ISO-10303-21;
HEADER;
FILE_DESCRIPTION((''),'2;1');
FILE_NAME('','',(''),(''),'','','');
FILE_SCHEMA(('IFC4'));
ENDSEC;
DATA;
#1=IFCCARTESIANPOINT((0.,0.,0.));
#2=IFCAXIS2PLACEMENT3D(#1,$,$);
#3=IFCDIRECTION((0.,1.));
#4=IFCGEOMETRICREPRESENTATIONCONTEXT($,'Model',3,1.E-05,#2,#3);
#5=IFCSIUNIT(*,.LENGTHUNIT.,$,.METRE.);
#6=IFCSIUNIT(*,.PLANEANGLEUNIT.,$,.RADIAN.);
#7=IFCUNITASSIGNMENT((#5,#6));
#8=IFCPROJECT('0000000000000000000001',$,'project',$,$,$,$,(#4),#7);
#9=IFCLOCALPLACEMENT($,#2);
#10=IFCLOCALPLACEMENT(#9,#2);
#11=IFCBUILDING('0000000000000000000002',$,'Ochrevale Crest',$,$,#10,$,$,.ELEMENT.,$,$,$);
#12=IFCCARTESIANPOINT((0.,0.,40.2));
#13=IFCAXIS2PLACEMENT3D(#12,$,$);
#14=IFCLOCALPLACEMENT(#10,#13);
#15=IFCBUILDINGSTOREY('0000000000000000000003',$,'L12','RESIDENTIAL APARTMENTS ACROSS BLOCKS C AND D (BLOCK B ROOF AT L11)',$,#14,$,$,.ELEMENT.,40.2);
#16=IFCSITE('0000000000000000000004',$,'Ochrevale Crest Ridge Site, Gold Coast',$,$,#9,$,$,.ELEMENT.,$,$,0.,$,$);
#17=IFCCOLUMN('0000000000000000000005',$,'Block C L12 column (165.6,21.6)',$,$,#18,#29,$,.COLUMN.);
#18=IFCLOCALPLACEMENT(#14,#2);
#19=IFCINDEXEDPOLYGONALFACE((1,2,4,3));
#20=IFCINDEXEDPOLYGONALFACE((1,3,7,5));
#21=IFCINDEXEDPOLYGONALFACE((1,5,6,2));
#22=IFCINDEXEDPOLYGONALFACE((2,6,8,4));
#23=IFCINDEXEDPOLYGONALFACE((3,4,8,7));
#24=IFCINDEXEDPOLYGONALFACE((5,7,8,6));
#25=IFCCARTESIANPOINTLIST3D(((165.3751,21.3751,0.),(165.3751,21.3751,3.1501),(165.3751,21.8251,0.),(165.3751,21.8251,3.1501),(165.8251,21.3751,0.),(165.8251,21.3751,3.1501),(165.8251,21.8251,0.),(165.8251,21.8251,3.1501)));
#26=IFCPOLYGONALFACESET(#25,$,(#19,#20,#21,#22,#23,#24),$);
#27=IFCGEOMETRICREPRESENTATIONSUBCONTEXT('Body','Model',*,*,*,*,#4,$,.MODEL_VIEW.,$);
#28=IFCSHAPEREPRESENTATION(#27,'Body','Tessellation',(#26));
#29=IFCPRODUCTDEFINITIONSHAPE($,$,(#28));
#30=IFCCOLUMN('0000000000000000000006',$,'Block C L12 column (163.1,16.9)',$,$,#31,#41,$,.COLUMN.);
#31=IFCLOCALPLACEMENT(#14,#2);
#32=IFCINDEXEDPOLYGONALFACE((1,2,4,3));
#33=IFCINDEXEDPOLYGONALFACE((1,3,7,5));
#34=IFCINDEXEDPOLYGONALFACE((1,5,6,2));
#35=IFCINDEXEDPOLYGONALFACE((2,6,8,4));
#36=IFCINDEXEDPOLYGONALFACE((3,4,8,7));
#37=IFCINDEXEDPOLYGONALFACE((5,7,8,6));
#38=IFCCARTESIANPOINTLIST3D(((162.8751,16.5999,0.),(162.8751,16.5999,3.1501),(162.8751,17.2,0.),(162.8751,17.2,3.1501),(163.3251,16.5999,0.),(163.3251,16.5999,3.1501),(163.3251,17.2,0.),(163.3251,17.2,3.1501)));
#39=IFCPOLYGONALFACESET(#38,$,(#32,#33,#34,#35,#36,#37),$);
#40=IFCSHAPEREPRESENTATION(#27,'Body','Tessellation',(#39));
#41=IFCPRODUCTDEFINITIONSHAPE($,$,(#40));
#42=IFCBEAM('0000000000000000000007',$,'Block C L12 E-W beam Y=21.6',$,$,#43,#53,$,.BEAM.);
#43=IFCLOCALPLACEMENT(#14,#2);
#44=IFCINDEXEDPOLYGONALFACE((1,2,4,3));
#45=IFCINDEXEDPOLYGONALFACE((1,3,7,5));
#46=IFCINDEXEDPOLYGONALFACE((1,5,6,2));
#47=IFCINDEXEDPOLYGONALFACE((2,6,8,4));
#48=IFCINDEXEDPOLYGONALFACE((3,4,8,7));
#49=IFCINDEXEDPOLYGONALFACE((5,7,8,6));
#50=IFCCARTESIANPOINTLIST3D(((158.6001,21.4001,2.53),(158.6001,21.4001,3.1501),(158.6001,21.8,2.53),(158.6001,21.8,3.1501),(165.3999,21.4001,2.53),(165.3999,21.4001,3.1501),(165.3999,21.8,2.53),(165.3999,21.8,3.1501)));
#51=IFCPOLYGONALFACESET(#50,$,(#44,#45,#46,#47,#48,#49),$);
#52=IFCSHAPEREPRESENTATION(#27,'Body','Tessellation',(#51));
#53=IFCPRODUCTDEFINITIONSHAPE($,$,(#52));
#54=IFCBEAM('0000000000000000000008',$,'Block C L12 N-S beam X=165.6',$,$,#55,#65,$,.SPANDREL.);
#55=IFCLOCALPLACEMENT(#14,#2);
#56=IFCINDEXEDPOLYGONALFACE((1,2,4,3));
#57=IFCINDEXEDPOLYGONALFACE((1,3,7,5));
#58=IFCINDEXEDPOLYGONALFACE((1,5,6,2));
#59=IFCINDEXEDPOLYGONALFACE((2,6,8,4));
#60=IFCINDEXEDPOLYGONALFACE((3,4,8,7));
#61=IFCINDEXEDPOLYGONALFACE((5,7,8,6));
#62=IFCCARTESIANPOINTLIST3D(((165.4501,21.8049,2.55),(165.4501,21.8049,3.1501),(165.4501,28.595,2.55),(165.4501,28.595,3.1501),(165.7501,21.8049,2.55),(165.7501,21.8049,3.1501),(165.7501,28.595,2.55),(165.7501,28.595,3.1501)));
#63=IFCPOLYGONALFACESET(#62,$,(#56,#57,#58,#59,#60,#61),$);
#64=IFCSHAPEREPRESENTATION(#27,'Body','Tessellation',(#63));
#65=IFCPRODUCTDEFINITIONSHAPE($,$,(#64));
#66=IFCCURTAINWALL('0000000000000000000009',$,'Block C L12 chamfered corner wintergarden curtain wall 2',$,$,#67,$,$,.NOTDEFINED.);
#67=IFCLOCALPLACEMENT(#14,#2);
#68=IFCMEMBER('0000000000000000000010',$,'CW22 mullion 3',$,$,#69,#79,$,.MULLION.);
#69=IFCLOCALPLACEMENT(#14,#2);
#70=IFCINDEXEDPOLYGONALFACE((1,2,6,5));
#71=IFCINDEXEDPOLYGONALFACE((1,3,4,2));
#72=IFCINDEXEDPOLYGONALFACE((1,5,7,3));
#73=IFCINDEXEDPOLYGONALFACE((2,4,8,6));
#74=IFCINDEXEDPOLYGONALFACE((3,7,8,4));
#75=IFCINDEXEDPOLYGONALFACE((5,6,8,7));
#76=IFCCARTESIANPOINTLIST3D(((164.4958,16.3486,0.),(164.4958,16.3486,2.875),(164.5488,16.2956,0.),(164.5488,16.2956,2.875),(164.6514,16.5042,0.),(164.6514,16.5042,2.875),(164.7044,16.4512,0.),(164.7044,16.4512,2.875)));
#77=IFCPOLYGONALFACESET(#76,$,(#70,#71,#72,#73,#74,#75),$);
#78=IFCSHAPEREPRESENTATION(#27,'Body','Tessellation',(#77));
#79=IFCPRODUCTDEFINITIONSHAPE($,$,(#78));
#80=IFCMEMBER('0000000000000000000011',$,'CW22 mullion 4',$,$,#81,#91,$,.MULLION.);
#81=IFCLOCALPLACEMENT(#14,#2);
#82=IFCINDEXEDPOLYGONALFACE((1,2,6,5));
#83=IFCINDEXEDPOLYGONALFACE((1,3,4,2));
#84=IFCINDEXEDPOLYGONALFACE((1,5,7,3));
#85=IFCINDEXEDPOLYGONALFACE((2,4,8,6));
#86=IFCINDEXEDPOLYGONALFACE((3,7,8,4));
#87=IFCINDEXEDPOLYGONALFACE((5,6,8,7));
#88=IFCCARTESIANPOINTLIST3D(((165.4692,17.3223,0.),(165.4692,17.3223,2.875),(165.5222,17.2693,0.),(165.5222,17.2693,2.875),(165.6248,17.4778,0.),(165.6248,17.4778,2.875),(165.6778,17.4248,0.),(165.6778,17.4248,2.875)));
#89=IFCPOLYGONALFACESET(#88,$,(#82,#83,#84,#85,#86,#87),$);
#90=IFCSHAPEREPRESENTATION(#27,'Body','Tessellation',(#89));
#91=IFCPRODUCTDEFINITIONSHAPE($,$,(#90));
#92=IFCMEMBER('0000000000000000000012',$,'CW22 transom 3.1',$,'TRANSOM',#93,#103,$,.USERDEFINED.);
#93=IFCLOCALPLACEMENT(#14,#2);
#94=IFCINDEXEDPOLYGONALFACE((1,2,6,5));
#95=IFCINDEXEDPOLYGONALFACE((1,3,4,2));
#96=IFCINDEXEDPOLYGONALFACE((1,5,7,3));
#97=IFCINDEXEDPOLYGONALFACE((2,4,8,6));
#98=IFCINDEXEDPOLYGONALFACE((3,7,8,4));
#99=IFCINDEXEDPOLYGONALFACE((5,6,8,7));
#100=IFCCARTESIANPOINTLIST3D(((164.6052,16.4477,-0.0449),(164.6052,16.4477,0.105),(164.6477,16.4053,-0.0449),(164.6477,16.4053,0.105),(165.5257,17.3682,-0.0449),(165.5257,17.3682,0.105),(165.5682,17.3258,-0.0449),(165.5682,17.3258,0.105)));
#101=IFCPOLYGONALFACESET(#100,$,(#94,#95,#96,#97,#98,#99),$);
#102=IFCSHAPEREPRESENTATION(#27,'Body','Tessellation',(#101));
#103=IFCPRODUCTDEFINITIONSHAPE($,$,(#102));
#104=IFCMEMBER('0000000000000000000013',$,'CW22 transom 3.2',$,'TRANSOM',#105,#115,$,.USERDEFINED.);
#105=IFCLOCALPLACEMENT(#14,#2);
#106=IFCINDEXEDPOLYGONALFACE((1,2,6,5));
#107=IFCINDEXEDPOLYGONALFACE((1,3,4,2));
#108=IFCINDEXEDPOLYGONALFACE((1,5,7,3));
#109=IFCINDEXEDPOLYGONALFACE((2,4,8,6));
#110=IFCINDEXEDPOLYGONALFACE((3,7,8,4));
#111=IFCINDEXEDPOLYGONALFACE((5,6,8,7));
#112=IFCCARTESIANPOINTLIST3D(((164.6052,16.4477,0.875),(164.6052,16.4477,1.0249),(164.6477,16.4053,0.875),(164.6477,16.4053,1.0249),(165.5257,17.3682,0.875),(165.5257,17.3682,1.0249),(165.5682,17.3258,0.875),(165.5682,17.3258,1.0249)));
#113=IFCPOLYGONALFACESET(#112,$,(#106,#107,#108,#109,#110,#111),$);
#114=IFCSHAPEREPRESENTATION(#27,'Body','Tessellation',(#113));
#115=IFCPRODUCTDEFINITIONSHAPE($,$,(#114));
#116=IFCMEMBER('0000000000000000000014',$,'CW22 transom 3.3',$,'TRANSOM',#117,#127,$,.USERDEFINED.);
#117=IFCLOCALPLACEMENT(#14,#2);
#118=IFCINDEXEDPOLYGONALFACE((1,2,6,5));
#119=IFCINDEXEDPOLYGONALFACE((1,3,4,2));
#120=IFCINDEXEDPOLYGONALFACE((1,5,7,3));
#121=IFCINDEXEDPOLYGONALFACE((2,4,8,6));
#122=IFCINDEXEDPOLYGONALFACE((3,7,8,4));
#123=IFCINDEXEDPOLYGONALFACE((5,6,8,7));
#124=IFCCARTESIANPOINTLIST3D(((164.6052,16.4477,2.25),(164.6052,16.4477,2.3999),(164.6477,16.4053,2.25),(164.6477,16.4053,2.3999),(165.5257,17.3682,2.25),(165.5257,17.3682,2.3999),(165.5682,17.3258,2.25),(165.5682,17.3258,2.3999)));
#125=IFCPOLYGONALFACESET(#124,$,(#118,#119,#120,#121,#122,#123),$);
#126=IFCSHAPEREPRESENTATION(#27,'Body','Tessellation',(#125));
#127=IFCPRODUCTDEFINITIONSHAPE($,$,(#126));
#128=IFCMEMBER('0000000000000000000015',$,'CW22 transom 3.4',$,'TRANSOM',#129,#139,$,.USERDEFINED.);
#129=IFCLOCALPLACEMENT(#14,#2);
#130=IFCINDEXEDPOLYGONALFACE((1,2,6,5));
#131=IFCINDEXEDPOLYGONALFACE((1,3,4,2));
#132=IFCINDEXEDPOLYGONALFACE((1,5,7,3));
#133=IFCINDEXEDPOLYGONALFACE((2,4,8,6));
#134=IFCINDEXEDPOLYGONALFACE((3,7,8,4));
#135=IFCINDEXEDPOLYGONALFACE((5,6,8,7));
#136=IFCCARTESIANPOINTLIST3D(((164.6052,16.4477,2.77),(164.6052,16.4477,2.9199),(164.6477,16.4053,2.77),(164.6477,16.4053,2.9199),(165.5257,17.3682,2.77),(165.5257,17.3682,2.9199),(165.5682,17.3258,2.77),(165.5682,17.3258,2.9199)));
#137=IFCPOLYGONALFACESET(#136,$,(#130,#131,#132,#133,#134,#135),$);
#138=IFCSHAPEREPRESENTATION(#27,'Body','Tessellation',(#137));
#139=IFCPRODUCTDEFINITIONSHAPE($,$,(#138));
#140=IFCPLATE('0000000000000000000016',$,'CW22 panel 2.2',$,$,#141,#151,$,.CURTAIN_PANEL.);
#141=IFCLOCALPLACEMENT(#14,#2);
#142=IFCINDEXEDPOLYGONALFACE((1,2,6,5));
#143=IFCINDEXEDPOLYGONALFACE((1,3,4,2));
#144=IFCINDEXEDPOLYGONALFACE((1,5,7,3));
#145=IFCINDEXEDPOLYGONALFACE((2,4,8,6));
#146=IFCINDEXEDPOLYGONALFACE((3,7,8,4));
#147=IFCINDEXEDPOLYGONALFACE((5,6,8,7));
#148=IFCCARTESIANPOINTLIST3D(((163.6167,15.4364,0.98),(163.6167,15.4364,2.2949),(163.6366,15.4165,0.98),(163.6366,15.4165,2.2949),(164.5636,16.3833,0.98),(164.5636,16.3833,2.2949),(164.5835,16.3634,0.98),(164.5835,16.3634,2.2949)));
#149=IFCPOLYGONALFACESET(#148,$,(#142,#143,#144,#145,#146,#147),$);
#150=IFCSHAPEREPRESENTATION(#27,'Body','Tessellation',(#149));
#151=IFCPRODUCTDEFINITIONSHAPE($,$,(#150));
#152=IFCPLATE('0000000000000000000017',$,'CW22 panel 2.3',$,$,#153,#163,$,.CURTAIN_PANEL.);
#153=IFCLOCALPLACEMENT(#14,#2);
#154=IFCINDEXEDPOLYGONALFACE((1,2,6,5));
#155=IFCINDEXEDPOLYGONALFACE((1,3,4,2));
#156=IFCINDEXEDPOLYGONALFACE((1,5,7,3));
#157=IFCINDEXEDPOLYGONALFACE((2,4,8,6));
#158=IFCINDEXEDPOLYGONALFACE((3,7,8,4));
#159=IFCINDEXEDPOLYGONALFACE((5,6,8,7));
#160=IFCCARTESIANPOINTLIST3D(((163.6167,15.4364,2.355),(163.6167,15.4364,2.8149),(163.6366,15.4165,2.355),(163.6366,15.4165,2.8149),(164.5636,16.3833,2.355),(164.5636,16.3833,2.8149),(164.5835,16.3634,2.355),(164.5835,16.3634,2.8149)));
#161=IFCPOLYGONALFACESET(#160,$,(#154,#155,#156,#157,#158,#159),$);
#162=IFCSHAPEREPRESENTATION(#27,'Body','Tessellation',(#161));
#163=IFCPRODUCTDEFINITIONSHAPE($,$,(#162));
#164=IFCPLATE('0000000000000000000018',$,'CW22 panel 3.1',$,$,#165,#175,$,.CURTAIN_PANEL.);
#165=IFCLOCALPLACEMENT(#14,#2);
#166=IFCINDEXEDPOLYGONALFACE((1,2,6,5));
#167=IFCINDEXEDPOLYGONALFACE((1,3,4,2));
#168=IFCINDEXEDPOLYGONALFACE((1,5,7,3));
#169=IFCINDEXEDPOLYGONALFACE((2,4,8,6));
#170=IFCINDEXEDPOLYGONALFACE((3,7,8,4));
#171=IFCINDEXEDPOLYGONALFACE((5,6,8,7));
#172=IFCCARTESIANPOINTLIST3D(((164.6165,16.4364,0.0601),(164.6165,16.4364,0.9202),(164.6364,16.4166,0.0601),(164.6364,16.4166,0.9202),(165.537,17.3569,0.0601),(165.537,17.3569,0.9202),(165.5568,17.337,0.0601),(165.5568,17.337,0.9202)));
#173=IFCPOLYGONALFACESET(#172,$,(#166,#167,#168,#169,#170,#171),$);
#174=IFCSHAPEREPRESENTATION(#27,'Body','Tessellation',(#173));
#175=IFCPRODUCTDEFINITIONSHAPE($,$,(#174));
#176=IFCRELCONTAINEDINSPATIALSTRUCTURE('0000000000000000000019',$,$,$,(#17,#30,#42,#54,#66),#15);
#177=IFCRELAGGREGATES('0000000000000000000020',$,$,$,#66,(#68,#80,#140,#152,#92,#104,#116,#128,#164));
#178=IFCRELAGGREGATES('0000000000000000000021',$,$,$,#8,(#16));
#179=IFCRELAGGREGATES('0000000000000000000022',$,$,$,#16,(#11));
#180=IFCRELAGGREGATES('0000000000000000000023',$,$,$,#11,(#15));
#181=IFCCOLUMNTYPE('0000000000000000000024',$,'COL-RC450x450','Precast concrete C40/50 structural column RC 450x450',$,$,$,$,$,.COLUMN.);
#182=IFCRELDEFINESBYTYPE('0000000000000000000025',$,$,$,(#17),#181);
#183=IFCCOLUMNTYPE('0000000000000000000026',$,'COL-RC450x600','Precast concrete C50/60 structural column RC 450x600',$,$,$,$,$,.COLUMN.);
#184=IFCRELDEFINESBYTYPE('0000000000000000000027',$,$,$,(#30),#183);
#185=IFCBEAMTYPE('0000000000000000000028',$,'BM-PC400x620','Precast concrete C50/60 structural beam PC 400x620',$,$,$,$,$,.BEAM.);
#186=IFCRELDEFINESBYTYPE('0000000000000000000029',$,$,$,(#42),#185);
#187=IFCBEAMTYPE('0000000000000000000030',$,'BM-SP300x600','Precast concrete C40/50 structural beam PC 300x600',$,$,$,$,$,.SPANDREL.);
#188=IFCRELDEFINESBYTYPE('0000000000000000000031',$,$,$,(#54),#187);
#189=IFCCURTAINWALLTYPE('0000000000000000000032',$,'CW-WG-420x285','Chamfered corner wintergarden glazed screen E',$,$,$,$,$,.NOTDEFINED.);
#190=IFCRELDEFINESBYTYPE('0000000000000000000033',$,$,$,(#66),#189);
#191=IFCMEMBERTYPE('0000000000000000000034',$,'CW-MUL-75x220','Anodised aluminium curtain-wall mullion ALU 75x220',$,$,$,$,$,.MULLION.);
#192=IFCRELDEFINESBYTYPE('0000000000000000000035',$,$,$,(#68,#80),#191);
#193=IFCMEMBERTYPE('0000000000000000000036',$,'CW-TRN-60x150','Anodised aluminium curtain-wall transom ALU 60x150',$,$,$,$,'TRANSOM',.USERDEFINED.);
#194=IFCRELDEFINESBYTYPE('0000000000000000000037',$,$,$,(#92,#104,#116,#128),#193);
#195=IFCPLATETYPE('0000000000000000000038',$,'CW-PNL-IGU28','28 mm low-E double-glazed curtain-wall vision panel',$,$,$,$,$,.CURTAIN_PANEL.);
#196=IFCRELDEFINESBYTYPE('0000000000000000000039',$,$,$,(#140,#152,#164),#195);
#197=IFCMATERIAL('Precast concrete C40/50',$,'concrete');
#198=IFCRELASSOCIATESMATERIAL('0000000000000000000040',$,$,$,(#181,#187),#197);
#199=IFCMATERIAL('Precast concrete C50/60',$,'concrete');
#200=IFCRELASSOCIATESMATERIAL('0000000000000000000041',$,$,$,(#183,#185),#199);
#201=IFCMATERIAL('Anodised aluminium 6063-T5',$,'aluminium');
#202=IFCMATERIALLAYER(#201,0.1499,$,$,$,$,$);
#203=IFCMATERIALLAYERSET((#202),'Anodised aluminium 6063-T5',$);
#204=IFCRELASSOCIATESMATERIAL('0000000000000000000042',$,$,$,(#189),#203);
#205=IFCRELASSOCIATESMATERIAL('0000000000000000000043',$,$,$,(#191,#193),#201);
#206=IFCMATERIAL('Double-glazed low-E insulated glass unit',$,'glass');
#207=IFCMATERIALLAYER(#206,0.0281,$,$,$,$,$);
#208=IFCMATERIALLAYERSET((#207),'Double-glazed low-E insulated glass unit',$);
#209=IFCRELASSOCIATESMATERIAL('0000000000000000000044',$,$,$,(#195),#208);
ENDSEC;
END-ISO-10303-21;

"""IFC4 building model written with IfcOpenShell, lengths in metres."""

from ifc_helpers import new_model, si_unit, direction, frame, origin, origin_2d, place, context, subcontext, project, spatial, rectangle, extrude, material, layer, layer_set, material_profile, profile_set, type_object, element, aggregate, save


model = new_model("IFC4")

# Units and contexts
model_context = context("Model", 3, precision=1e-05, world=origin(), true_north=direction((0.0, 1.0)))
body_context = subcontext(model_context, "Body", "Model", "MODEL_VIEW")
ifc_project = project(units=[si_unit("LENGTHUNIT", "METRE"), si_unit("PLANEANGLEUNIT", "RADIAN")], contexts=[model_context])

# Site, building, storey
site_placement = place(None, origin())
site = spatial("IfcSite", under=ifc_project, at=site_placement, Name="Ochrevale Crest Ridge Site, Gold Coast", CompositionType="ELEMENT", RefElevation=0.0)
building_placement = place(site_placement, origin())
building = spatial("IfcBuilding", under=site, at=building_placement, Name="Ochrevale Crest", CompositionType="ELEMENT")
storey_placement = place(building_placement, frame((0.0, 0.0, 40.2)))
storey = spatial("IfcBuildingStorey", under=building, at=storey_placement, Name="L12", Description="RESIDENTIAL APARTMENTS ACROSS BLOCKS C AND D (BLOCK B ROOF AT L11)", CompositionType="ELEMENT", Elevation=40.2)

# Columns
ifc_material_1 = material(Name="Precast concrete C40/50", Category="concrete")
ifc_material_profile_1 = material_profile(ifc_material_1, rectangle(XDim=0.45, YDim=0.45, at=origin_2d()), Name="RC 450x450")
ifc_profile_set_1 = profile_set([ifc_material_profile_1], Name="Precast concrete C40/50")
column_type_1 = type_object("IfcColumnType", Name="COL-RC450x450", Description="Precast concrete C40/50 structural column RC 450x450", PredefinedType="COLUMN", material=ifc_profile_set_1)
column_1_placement = place(storey_placement, frame((165.6001, 21.6001, 0.0), z_axis=(0.0, 0.0, 1.0), x_axis=(1.0, 0.0, 0.0)))
element("IfcColumn", 1, at=column_1_placement, inside=storey, type_object=column_type_1, Name="Block C L12 column (165.6,21.6)", PredefinedType="COLUMN", context=body_context, shape_type="SweptSolid", body=[
    extrude(rectangle(XDim=0.45, YDim=0.45, at=origin_2d()), origin(), (0.0, 0.0, 1.0), 3.1501),
])
ifc_material_2 = material(Name="Precast concrete C50/60", Category="concrete")
ifc_material_profile_2 = material_profile(ifc_material_2, rectangle(XDim=0.45, YDim=0.6001, at=origin_2d()), Name="RC 450x600")
ifc_profile_set_2 = profile_set([ifc_material_profile_2], Name="Precast concrete C50/60")
column_type_2 = type_object("IfcColumnType", Name="COL-RC450x600", Description="Precast concrete C50/60 structural column RC 450x600", PredefinedType="COLUMN", material=ifc_profile_set_2)
column_2_placement = place(storey_placement, frame((163.1001, 16.8999, 0.0), z_axis=(0.0, 0.0, 1.0), x_axis=(1.0, 0.0, 0.0)))
element("IfcColumn", 2, at=column_2_placement, inside=storey, type_object=column_type_2, Name="Block C L12 column (163.1,16.9)", PredefinedType="COLUMN", context=body_context, shape_type="SweptSolid", body=[
    extrude(rectangle(XDim=0.45, YDim=0.6001, at=origin_2d()), origin(), (0.0, 0.0, 1.0), 3.1501),
])

# Beams
ifc_material_profile_3 = material_profile(ifc_material_2, rectangle(XDim=0.3999, YDim=0.6201, at=origin_2d()), Name="PC 400x620")
ifc_profile_set_3 = profile_set([ifc_material_profile_3], Name="Precast concrete C50/60")
beam_type_1 = type_object("IfcBeamType", Name="BM-PC400x620", Description="Precast concrete C50/60 structural beam PC 400x620", PredefinedType="BEAM", material=ifc_profile_set_3)
beam_1_placement = place(storey_placement, frame((158.6001, 21.6001, 2.8401), z_axis=(1.0, 0.0, 0.0), x_axis=(0.0, 1.0, 0.0)))
element("IfcBeam", 3, at=beam_1_placement, inside=storey, type_object=beam_type_1, Name="Block C L12 E-W beam Y=21.6", PredefinedType="BEAM", context=body_context, shape_type="SweptSolid", body=[
    extrude(rectangle(XDim=0.3999, YDim=0.6201, at=origin_2d()), origin(), (0.0, 0.0, 1.0), 6.7998),
])
ifc_material_profile_4 = material_profile(ifc_material_1, rectangle(XDim=0.3, YDim=0.6001, at=origin_2d()), Name="PC 300x600")
ifc_profile_set_4 = profile_set([ifc_material_profile_4], Name="Precast concrete C40/50")
beam_type_2 = type_object("IfcBeamType", Name="BM-SP300x600", Description="Precast concrete C40/50 structural beam PC 300x600", PredefinedType="SPANDREL", material=ifc_profile_set_4)
beam_2_placement = place(storey_placement, frame((165.6001, 21.8049, 2.8501), z_axis=(0.0, 1.0, 0.0), x_axis=(-1.0, 0.0, 0.0)))
element("IfcBeam", 4, at=beam_2_placement, inside=storey, type_object=beam_type_2, Name="Block C L12 N-S beam X=165.6", PredefinedType="SPANDREL", context=body_context, shape_type="SweptSolid", body=[
    extrude(rectangle(XDim=0.3, YDim=0.6001, at=origin_2d()), origin(), (0.0, 0.0, 1.0), 6.79),
])

# Curtain wall, members, plates
ifc_material_3 = material(Name="Anodised aluminium 6063-T5", Category="aluminium")
ifc_layer_1 = layer(ifc_material_3, 0.1499)
ifc_layer_set_1 = layer_set([ifc_layer_1], Name="Anodised aluminium 6063-T5")
curtain_wall_type = type_object("IfcCurtainWallType", Name="CW-WG-420x285", Description="Chamfered corner wintergarden glazed screen E", PredefinedType="NOTDEFINED", material=ifc_layer_set_1)
curtain_wall_placement = place(storey_placement, origin())
curtain_wall = element("IfcCurtainWall", 5, at=curtain_wall_placement, inside=storey, type_object=curtain_wall_type, Name="Block C L12 chamfered corner wintergarden curtain wall 2", PredefinedType="NOTDEFINED")
ifc_material_profile_5 = material_profile(ifc_material_3, rectangle(XDim=0.075, YDim=0.22, at=origin_2d()), Name="ALU 75x220")
ifc_profile_set_5 = profile_set([ifc_material_profile_5], Name="Anodised aluminium 6063-T5")
member_type_1 = type_object("IfcMemberType", Name="CW-MUL-75x220", Description="Anodised aluminium curtain-wall mullion ALU 75x220", PredefinedType="MULLION", material=ifc_profile_set_5)
member_1_placement = place(storey_placement, frame((164.6001, 16.3999, 0.0), z_axis=(0.0, 0.0, 1.0), x_axis=(-0.707107, 0.707107, 0.0)))
member_1 = element("IfcMember", 6, at=member_1_placement, type_object=member_type_1, Name="CW22 mullion 3", PredefinedType="MULLION", context=body_context, shape_type="SweptSolid", body=[
    extrude(rectangle(XDim=0.075, YDim=0.22, at=origin_2d()), origin(), (0.0, 0.0, 1.0), 2.875),
])
member_2_placement = place(storey_placement, frame((165.5735, 17.3735, 0.0), z_axis=(0.0, 0.0, 1.0), x_axis=(-0.707107, 0.707107, 0.0)))
member_2 = element("IfcMember", 7, at=member_2_placement, type_object=member_type_1, Name="CW22 mullion 4", PredefinedType="MULLION", context=body_context, shape_type="SweptSolid", body=[
    extrude(rectangle(XDim=0.075, YDim=0.22, at=origin_2d()), origin(), (0.0, 0.0, 1.0), 2.875),
])
ifc_material_profile_6 = material_profile(ifc_material_3, rectangle(XDim=0.0601, YDim=0.1499, at=origin_2d()), Name="ALU 60x150")
ifc_profile_set_6 = profile_set([ifc_material_profile_6], Name="Anodised aluminium 6063-T5")
member_type_2 = type_object("IfcMemberType", Name="CW-TRN-60x150", Description="Anodised aluminium curtain-wall transom ALU 60x150", ElementType="TRANSOM", PredefinedType="USERDEFINED", material=ifc_profile_set_6)
member_3_placement = place(storey_placement, frame((164.6265, 16.4265, 0.03), z_axis=(0.707107, 0.707107, 0.0), x_axis=(-0.707107, 0.707107, 0.0)))
member_3 = element("IfcMember", 8, at=member_3_placement, type_object=member_type_2, Name="CW22 transom 3.1", ObjectType="TRANSOM", PredefinedType="USERDEFINED", context=body_context, shape_type="SweptSolid", body=[
    extrude(rectangle(XDim=0.0601, YDim=0.1499, at=origin_2d()), origin(), (0.0, 0.0, 1.0), 1.3018),
])
member_4_placement = place(storey_placement, frame((164.6265, 16.4265, 0.95), z_axis=(0.707107, 0.707107, 0.0), x_axis=(-0.707107, 0.707107, 0.0)))
member_4 = element("IfcMember", 9, at=member_4_placement, type_object=member_type_2, Name="CW22 transom 3.2", ObjectType="TRANSOM", PredefinedType="USERDEFINED", context=body_context, shape_type="SweptSolid", body=[
    extrude(rectangle(XDim=0.0601, YDim=0.1499, at=origin_2d()), origin(), (0.0, 0.0, 1.0), 1.3018),
])
member_5_placement = place(storey_placement, frame((164.6265, 16.4265, 2.325), z_axis=(0.707107, 0.707107, 0.0), x_axis=(-0.707107, 0.707107, 0.0)))
member_5 = element("IfcMember", 10, at=member_5_placement, type_object=member_type_2, Name="CW22 transom 3.3", ObjectType="TRANSOM", PredefinedType="USERDEFINED", context=body_context, shape_type="SweptSolid", body=[
    extrude(rectangle(XDim=0.0601, YDim=0.1499, at=origin_2d()), origin(), (0.0, 0.0, 1.0), 1.3018),
])
member_6_placement = place(storey_placement, frame((164.6265, 16.4265, 2.845), z_axis=(0.707107, 0.707107, 0.0), x_axis=(-0.707107, 0.707107, 0.0)))
member_6 = element("IfcMember", 11, at=member_6_placement, type_object=member_type_2, Name="CW22 transom 3.4", ObjectType="TRANSOM", PredefinedType="USERDEFINED", context=body_context, shape_type="SweptSolid", body=[
    extrude(rectangle(XDim=0.0601, YDim=0.1499, at=origin_2d()), origin(), (0.0, 0.0, 1.0), 1.3018),
])
ifc_material_4 = material(Name="Double-glazed low-E insulated glass unit", Category="glass")
ifc_layer_2 = layer(ifc_material_4, 0.0281)
ifc_layer_set_2 = layer_set([ifc_layer_2], Name="Double-glazed low-E insulated glass unit")
plate_type = type_object("IfcPlateType", Name="CW-PNL-IGU28", Description="28 mm low-E double-glazed curtain-wall vision panel", PredefinedType="CURTAIN_PANEL", material=ifc_layer_set_2)
plate_1_placement = place(storey_placement, frame((164.1001, 15.8999, 0.98), z_axis=(0.0, 0.0, 1.0), x_axis=(0.707107, 0.707107, 0.0)))
plate_1 = element("IfcPlate", 12, at=plate_1_placement, type_object=plate_type, Name="CW22 panel 2.2", PredefinedType="CURTAIN_PANEL", context=body_context, shape_type="SweptSolid", body=[
    extrude(rectangle(XDim=1.3391, YDim=0.0281, at=origin_2d()), origin(), (0.0, 0.0, 1.0), 1.3149),
])
plate_2_placement = place(storey_placement, frame((164.1001, 15.8999, 2.355), z_axis=(0.0, 0.0, 1.0), x_axis=(0.707107, 0.707107, 0.0)))
plate_2 = element("IfcPlate", 13, at=plate_2_placement, type_object=plate_type, Name="CW22 panel 2.3", PredefinedType="CURTAIN_PANEL", context=body_context, shape_type="SweptSolid", body=[
    extrude(rectangle(XDim=1.3391, YDim=0.0281, at=origin_2d()), origin(), (0.0, 0.0, 1.0), 0.46),
])
plate_3_placement = place(storey_placement, frame((165.0867, 16.8867, 0.0601), z_axis=(0.0, 0.0, 1.0), x_axis=(0.707107, 0.707107, 0.0)))
plate_3 = element("IfcPlate", 14, at=plate_3_placement, type_object=plate_type, Name="CW22 panel 3.1", PredefinedType="CURTAIN_PANEL", context=body_context, shape_type="SweptSolid", body=[
    extrude(rectangle(XDim=1.3018, YDim=0.0281, at=origin_2d()), origin(), (0.0, 0.0, 1.0), 0.8601),
])
aggregate(curtain_wall, [member_1, member_2, plate_1, plate_2, member_3, member_4, member_5, member_6, plate_3])

save(model, "model.ifc")
